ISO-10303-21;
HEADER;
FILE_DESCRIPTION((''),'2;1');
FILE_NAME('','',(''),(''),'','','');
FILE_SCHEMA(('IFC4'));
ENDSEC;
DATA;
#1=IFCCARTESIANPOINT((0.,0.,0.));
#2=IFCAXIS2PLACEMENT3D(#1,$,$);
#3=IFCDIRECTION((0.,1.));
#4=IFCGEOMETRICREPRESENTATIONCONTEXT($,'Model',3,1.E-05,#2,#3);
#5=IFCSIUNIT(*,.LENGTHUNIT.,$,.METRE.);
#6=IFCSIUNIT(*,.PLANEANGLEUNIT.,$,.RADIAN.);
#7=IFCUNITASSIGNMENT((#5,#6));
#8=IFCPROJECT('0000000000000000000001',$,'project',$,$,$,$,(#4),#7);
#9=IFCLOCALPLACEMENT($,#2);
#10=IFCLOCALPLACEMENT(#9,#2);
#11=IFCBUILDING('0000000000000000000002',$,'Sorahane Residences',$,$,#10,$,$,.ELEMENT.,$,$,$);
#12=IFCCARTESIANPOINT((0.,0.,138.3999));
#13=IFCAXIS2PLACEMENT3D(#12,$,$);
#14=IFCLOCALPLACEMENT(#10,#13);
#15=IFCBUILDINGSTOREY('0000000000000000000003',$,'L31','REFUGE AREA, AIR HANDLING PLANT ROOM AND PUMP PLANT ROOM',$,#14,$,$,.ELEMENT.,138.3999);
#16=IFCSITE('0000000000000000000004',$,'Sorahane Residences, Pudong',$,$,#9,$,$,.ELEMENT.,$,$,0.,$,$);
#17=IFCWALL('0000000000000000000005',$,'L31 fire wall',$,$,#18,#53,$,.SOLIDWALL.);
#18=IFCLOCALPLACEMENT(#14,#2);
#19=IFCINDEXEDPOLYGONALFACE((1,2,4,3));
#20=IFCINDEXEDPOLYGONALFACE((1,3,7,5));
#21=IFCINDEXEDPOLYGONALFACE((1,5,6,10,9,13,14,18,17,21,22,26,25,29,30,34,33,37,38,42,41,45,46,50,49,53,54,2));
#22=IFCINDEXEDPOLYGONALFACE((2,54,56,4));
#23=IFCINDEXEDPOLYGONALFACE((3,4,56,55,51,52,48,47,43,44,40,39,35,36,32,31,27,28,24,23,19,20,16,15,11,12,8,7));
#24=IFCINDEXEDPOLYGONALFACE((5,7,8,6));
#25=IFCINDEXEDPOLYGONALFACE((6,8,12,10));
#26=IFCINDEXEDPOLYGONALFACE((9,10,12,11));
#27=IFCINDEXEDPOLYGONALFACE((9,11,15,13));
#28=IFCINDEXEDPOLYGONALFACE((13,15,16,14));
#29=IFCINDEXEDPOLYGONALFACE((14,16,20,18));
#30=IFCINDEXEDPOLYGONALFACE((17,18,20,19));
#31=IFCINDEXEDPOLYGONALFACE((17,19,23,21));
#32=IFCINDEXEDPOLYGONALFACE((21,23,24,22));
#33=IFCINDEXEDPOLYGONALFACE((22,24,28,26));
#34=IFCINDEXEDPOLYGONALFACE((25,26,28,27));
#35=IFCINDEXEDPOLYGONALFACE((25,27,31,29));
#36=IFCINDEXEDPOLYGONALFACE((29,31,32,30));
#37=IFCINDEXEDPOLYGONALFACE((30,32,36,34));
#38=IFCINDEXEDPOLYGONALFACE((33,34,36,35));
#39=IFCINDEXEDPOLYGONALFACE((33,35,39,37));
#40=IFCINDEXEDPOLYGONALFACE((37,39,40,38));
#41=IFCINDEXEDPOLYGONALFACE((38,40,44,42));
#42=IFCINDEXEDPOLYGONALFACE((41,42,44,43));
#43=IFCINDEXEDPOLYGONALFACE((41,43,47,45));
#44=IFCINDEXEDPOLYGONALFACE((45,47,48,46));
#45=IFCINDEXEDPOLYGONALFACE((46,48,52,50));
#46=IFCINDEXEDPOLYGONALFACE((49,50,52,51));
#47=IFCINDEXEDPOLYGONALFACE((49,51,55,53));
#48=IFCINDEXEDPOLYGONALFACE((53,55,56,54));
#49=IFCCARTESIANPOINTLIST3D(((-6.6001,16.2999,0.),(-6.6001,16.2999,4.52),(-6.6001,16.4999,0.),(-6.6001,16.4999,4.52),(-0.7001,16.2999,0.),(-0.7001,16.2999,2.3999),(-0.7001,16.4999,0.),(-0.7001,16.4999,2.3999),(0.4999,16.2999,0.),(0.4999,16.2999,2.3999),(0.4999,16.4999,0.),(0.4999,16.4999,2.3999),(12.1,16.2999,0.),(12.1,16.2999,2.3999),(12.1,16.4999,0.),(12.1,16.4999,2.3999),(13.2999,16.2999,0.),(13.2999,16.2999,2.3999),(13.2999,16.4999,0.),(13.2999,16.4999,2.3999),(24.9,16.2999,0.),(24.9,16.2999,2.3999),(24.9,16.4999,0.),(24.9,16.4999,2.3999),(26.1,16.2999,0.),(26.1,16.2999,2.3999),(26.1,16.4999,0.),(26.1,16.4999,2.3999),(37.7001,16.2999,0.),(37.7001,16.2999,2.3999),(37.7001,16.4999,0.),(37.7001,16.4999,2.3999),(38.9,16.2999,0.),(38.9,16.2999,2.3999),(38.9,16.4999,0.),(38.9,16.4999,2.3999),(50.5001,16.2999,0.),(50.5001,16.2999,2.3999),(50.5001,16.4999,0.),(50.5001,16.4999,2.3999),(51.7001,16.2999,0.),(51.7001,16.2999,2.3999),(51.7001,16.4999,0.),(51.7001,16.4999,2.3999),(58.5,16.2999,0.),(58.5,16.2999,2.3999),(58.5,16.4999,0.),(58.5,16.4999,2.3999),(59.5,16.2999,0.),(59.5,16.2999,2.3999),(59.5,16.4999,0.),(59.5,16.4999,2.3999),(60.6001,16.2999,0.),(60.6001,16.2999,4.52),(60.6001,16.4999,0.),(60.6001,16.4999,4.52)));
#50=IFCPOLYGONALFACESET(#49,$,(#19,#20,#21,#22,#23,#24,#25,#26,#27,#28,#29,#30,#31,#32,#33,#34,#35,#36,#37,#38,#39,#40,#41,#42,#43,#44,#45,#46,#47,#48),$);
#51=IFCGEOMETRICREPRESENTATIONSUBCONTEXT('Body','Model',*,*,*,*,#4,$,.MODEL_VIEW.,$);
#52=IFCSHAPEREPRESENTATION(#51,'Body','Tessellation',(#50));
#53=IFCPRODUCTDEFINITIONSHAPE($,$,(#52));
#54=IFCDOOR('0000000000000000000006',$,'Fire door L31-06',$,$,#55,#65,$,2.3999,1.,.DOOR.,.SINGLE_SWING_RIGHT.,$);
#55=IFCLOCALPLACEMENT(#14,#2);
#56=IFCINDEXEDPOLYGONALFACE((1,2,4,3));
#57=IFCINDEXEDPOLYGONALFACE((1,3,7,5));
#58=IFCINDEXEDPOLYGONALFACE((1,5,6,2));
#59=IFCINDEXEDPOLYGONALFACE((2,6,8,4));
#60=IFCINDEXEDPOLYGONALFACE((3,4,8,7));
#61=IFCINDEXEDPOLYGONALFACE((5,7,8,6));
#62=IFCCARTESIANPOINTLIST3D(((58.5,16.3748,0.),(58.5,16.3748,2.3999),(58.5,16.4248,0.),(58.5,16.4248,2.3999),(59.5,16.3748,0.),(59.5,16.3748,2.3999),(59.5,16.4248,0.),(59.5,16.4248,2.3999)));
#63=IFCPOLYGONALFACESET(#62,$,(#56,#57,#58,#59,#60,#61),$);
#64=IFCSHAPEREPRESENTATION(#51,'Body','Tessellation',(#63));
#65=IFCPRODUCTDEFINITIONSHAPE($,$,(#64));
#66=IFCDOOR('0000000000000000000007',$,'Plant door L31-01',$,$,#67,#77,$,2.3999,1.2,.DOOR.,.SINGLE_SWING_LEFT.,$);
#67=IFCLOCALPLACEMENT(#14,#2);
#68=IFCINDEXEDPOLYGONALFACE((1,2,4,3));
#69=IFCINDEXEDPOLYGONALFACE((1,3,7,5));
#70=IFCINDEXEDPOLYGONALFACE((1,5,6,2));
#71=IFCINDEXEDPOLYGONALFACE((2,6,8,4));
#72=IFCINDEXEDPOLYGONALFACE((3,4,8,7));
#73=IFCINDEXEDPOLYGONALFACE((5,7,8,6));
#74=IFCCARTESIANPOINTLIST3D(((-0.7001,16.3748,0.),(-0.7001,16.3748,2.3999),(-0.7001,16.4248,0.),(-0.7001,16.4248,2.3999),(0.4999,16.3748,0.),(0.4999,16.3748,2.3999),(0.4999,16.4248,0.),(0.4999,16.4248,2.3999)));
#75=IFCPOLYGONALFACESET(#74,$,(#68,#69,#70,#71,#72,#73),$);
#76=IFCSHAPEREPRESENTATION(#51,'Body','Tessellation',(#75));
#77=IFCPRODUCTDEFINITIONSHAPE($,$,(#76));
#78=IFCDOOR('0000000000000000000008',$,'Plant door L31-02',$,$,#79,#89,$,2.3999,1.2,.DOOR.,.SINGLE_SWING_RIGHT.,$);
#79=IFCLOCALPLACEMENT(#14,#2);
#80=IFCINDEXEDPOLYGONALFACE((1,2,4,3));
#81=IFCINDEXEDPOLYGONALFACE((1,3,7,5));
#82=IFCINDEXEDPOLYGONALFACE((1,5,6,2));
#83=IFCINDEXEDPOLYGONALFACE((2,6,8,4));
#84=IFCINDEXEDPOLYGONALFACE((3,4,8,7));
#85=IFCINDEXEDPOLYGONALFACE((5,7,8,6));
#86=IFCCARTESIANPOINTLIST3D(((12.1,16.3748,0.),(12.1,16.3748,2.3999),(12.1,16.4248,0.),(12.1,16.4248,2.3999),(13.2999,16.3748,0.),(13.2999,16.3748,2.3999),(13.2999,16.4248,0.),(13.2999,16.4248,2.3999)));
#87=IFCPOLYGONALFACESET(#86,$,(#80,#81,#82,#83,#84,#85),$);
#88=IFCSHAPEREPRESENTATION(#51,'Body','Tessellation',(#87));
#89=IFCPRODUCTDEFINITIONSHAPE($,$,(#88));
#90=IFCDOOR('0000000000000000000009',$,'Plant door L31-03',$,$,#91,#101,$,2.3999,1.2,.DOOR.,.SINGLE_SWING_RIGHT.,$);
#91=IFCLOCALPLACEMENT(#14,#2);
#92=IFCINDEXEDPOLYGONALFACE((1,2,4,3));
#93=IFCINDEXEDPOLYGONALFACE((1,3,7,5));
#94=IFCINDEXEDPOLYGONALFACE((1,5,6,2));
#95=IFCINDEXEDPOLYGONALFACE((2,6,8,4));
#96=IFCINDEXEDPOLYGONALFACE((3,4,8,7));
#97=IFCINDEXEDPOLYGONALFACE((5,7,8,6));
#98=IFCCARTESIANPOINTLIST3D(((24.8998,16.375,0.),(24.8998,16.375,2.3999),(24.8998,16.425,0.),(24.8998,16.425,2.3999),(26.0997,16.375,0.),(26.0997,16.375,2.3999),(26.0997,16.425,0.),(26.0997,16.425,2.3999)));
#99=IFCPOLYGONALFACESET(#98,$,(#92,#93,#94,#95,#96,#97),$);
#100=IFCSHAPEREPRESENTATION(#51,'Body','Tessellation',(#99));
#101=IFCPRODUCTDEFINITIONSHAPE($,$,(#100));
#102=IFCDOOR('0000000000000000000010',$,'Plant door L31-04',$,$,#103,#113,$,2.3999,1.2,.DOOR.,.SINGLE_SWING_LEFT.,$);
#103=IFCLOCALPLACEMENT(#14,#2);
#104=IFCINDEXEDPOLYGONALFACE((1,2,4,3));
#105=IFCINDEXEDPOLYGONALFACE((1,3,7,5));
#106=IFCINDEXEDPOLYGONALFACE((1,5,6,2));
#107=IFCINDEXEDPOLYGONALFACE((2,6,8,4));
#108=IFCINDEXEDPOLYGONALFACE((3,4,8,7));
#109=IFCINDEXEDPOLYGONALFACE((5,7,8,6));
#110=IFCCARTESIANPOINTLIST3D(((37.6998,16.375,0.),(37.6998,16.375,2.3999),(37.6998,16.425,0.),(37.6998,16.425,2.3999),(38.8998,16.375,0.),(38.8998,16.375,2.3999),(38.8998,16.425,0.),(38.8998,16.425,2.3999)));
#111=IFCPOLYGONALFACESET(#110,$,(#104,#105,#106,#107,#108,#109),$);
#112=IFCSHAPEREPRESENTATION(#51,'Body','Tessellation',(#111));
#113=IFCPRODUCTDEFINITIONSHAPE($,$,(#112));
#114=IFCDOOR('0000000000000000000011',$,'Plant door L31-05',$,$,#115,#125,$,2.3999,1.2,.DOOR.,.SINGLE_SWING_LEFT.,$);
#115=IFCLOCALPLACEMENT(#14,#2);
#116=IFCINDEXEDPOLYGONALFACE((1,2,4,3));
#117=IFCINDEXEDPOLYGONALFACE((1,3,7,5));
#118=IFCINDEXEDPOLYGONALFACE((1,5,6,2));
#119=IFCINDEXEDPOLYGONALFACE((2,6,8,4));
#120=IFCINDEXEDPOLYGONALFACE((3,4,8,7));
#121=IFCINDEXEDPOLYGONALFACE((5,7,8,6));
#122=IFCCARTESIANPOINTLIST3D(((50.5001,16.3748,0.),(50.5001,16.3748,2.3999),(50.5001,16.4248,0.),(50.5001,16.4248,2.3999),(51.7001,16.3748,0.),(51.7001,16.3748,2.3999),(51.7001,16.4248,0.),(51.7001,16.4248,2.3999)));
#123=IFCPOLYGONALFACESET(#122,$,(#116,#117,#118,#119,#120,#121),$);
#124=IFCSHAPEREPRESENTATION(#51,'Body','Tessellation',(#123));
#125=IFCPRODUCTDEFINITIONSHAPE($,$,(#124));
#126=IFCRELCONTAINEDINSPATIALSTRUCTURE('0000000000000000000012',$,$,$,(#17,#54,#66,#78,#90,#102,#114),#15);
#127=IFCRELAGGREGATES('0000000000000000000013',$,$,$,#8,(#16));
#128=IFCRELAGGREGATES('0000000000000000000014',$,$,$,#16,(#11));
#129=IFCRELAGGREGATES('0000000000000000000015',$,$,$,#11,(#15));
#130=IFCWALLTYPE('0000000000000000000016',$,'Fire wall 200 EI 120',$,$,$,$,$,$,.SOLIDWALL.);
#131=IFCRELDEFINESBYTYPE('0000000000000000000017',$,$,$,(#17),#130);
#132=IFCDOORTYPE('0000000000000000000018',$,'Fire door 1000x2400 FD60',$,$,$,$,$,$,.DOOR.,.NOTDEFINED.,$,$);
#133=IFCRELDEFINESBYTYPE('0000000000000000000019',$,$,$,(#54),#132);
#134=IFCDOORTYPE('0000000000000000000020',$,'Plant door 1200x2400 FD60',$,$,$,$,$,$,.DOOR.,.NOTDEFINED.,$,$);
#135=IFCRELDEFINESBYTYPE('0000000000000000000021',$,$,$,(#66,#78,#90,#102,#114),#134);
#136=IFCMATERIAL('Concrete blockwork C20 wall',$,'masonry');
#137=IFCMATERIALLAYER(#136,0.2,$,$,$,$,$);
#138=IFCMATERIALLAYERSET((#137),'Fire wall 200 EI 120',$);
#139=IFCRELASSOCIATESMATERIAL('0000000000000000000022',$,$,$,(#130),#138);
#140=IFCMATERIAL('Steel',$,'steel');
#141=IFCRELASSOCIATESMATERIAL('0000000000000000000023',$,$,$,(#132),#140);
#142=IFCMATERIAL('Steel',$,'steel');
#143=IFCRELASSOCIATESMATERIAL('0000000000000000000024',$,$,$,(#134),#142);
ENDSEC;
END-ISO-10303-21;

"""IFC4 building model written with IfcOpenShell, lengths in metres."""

from ifc_helpers import new_model, si_unit, direction, frame, frame_2d, origin, place, context, subcontext, project, spatial, rectangle, extrude, material, layer, layer_set, type_object, element, fill, save


model = new_model("IFC4")

# Units and contexts
model_context = context("Model", 3, precision=1e-05, world=origin(), true_north=direction((0.0, 1.0)))
body_context = subcontext(model_context, "Body", "Model", "MODEL_VIEW")
ifc_project = project(units=[si_unit("LENGTHUNIT", "METRE"), si_unit("PLANEANGLEUNIT", "RADIAN")], contexts=[model_context])

# Site, building, storey
site_placement = place(None, origin())
site = spatial("IfcSite", under=ifc_project, at=site_placement, Name="Sorahane Residences, Pudong", CompositionType="ELEMENT", RefElevation=0.0)
building_placement = place(site_placement, origin())
building = spatial("IfcBuilding", under=site, at=building_placement, Name="Sorahane Residences", CompositionType="ELEMENT")
storey_placement = place(building_placement, frame((0.0, 0.0, 138.3999)))
storey = spatial("IfcBuildingStorey", under=building, at=storey_placement, Name="L31", Description="REFUGE AREA, AIR HANDLING PLANT ROOM AND PUMP PLANT ROOM", CompositionType="ELEMENT", Elevation=138.3999)

# Wall, openings, doors
ifc_material_1 = material(Name="Concrete blockwork C20 wall", Category="masonry")
ifc_layer_1 = layer(ifc_material_1, 0.2)
ifc_layer_set_1 = layer_set([ifc_layer_1], Name="Fire wall 200 EI 120")
wall_type_1 = type_object("IfcWallType", Name="Fire wall 200 EI 120", PredefinedType="SOLIDWALL", material=ifc_layer_set_1)
wall_1_placement = place(storey_placement, frame((-6.6001, 16.3999, 0.0), z_axis=(0.0, 0.0, 1.0), x_axis=(1.0, 0.0, 0.0)))
wall_1 = element("IfcWall", 1, at=wall_1_placement, inside=storey, type_object=wall_type_1, Name="L31 fire wall", PredefinedType="SOLIDWALL", context=body_context, shape_type="SweptSolid", body=[
    extrude(rectangle(XDim=67.2002, YDim=0.2, at=frame_2d((33.6001, 0.0))), origin(), (0.0, 0.0, 1.0), 4.52),
])
opening_1_placement = place(wall_1_placement, frame((5.8999, 0.0, 0.0)))
opening_1 = element("IfcOpeningElement", 2, at=opening_1_placement, cuts=wall_1, PredefinedType="OPENING", context=body_context, shape_type="SweptSolid", body=[
    extrude(rectangle(XDim=1.2, YDim=2.3999, at=frame_2d((0.6001, 1.2))), frame((0.0, 0.1099, 0.0), z_axis=(0.0, -1.0, 0.0), x_axis=(1.0, 0.0, 0.0)), (0.0, 0.0, 1.0), 0.22),
])
opening_2_placement = place(wall_1_placement, frame((18.7, 0.0, 0.0)))
opening_2 = element("IfcOpeningElement", 3, at=opening_2_placement, cuts=wall_1, PredefinedType="OPENING", context=body_context, shape_type="SweptSolid", body=[
    extrude(rectangle(XDim=1.2, YDim=2.3999, at=frame_2d((0.6001, 1.2))), frame((0.0, 0.1099, 0.0), z_axis=(0.0, -1.0, 0.0), x_axis=(1.0, 0.0, 0.0)), (0.0, 0.0, 1.0), 0.22),
])
opening_3_placement = place(wall_1_placement, frame((31.5, 0.0, 0.0)))
opening_3 = element("IfcOpeningElement", 4, at=opening_3_placement, cuts=wall_1, PredefinedType="OPENING", context=body_context, shape_type="SweptSolid", body=[
    extrude(rectangle(XDim=1.2, YDim=2.3999, at=frame_2d((0.6001, 1.2))), frame((0.0, 0.1099, 0.0), z_axis=(0.0, -1.0, 0.0), x_axis=(1.0, 0.0, 0.0)), (0.0, 0.0, 1.0), 0.22),
])
opening_4_placement = place(wall_1_placement, frame((44.3, 0.0, 0.0)))
opening_4 = element("IfcOpeningElement", 5, at=opening_4_placement, cuts=wall_1, PredefinedType="OPENING", context=body_context, shape_type="SweptSolid", body=[
    extrude(rectangle(XDim=1.2, YDim=2.3999, at=frame_2d((0.6001, 1.2))), frame((0.0, 0.1099, 0.0), z_axis=(0.0, -1.0, 0.0), x_axis=(1.0, 0.0, 0.0)), (0.0, 0.0, 1.0), 0.22),
])
opening_5_placement = place(wall_1_placement, frame((57.1001, 0.0, 0.0)))
opening_5 = element("IfcOpeningElement", 6, at=opening_5_placement, cuts=wall_1, PredefinedType="OPENING", context=body_context, shape_type="SweptSolid", body=[
    extrude(rectangle(XDim=1.2, YDim=2.3999, at=frame_2d((0.6001, 1.2))), frame((0.0, 0.1099, 0.0), z_axis=(0.0, -1.0, 0.0), x_axis=(1.0, 0.0, 0.0)), (0.0, 0.0, 1.0), 0.22),
])
opening_6_placement = place(wall_1_placement, frame((65.1001, 0.0, 0.0)))
opening_6 = element("IfcOpeningElement", 7, at=opening_6_placement, cuts=wall_1, PredefinedType="OPENING", context=body_context, shape_type="SweptSolid", body=[
    extrude(rectangle(XDim=1.0, YDim=2.3999, at=frame_2d((0.5, 1.2))), frame((0.0, 0.1099, 0.0), z_axis=(0.0, -1.0, 0.0), x_axis=(1.0, 0.0, 0.0)), (0.0, 0.0, 1.0), 0.22),
])
ifc_material_2 = material(Name="Steel", Category="steel")
door_type_1 = type_object("IfcDoorType", Name="Fire door 1000x2400 FD60", OperationType="NOTDEFINED", PredefinedType="DOOR", material=ifc_material_2)
door_1_placement = place(opening_6_placement, origin())
door_1 = element("IfcDoor", 8, at=door_1_placement, inside=storey, type_object=door_type_1, Name="Fire door L31-06", OperationType="SINGLE_SWING_RIGHT", OverallHeight=2.3999, OverallWidth=1.0, PredefinedType="DOOR", context=body_context, shape_type="SweptSolid", body=[
    extrude(rectangle(XDim=1.0, YDim=2.3999, at=frame_2d((0.5, 1.2))), frame((0.0, 0.0249, 0.0), z_axis=(0.0, -1.0, 0.0), x_axis=(1.0, 0.0, 0.0)), (0.0, 0.0, 1.0), 0.05),
])
fill(opening_6, door_1)
ifc_material_3 = material(Name="Steel", Category="steel")
door_type_2 = type_object("IfcDoorType", Name="Plant door 1200x2400 FD60", OperationType="NOTDEFINED", PredefinedType="DOOR", material=ifc_material_3)
door_2_placement = place(opening_1_placement, origin())
door_2 = element("IfcDoor", 9, at=door_2_placement, inside=storey, type_object=door_type_2, Name="Plant door L31-01", OperationType="SINGLE_SWING_LEFT", OverallHeight=2.3999, OverallWidth=1.2, PredefinedType="DOOR", context=body_context, shape_type="SweptSolid", body=[
    extrude(rectangle(XDim=1.2, YDim=2.3999, at=frame_2d((0.6001, 1.2))), frame((0.0, 0.0249, 0.0), z_axis=(0.0, -1.0, 0.0), x_axis=(1.0, 0.0, 0.0)), (0.0, 0.0, 1.0), 0.05),
])
fill(opening_1, door_2)
door_3_placement = place(opening_2_placement, origin())
door_3 = element("IfcDoor", 10, at=door_3_placement, inside=storey, type_object=door_type_2, Name="Plant door L31-02", OperationType="SINGLE_SWING_RIGHT", OverallHeight=2.3999, OverallWidth=1.2, PredefinedType="DOOR", context=body_context, shape_type="SweptSolid", body=[
    extrude(rectangle(XDim=1.2, YDim=2.3999, at=frame_2d((0.6001, 1.2))), frame((0.0, 0.0249, 0.0), z_axis=(0.0, -1.0, 0.0), x_axis=(1.0, 0.0, 0.0)), (0.0, 0.0, 1.0), 0.05),
])
fill(opening_2, door_3)
door_4_placement = place(opening_3_placement, frame((1.2, 0.0, 0.0), z_axis=(0.0, 0.0, 1.0), x_axis=(-1.0, 0.0, 0.0)))
door_4 = element("IfcDoor", 11, at=door_4_placement, inside=storey, type_object=door_type_2, Name="Plant door L31-03", OperationType="SINGLE_SWING_RIGHT", OverallHeight=2.3999, OverallWidth=1.2, PredefinedType="DOOR", context=body_context, shape_type="SweptSolid", body=[
    extrude(rectangle(XDim=1.2, YDim=2.3999, at=frame_2d((0.6001, 1.2))), frame((0.0, 0.0249, 0.0), z_axis=(0.0, -1.0, 0.0), x_axis=(1.0, 0.0, 0.0)), (0.0, 0.0, 1.0), 0.05),
])
fill(opening_3, door_4)
door_5_placement = place(opening_4_placement, frame((1.2, 0.0, 0.0), z_axis=(0.0, 0.0, 1.0), x_axis=(-1.0, 0.0, 0.0)))
door_5 = element("IfcDoor", 12, at=door_5_placement, inside=storey, type_object=door_type_2, Name="Plant door L31-04", OperationType="SINGLE_SWING_LEFT", OverallHeight=2.3999, OverallWidth=1.2, PredefinedType="DOOR", context=body_context, shape_type="SweptSolid", body=[
    extrude(rectangle(XDim=1.2, YDim=2.3999, at=frame_2d((0.6001, 1.2))), frame((0.0, 0.0249, 0.0), z_axis=(0.0, -1.0, 0.0), x_axis=(1.0, 0.0, 0.0)), (0.0, 0.0, 1.0), 0.05),
])
fill(opening_4, door_5)
door_6_placement = place(opening_5_placement, origin())
door_6 = element("IfcDoor", 13, at=door_6_placement, inside=storey, type_object=door_type_2, Name="Plant door L31-05", OperationType="SINGLE_SWING_LEFT", OverallHeight=2.3999, OverallWidth=1.2, PredefinedType="DOOR", context=body_context, shape_type="SweptSolid", body=[
    extrude(rectangle(XDim=1.2, YDim=2.3999, at=frame_2d((0.6001, 1.2))), frame((0.0, 0.0249, 0.0), z_axis=(0.0, -1.0, 0.0), x_axis=(1.0, 0.0, 0.0)), (0.0, 0.0, 1.0), 0.05),
])
fill(opening_5, door_6)

save(model, "model.ifc")
